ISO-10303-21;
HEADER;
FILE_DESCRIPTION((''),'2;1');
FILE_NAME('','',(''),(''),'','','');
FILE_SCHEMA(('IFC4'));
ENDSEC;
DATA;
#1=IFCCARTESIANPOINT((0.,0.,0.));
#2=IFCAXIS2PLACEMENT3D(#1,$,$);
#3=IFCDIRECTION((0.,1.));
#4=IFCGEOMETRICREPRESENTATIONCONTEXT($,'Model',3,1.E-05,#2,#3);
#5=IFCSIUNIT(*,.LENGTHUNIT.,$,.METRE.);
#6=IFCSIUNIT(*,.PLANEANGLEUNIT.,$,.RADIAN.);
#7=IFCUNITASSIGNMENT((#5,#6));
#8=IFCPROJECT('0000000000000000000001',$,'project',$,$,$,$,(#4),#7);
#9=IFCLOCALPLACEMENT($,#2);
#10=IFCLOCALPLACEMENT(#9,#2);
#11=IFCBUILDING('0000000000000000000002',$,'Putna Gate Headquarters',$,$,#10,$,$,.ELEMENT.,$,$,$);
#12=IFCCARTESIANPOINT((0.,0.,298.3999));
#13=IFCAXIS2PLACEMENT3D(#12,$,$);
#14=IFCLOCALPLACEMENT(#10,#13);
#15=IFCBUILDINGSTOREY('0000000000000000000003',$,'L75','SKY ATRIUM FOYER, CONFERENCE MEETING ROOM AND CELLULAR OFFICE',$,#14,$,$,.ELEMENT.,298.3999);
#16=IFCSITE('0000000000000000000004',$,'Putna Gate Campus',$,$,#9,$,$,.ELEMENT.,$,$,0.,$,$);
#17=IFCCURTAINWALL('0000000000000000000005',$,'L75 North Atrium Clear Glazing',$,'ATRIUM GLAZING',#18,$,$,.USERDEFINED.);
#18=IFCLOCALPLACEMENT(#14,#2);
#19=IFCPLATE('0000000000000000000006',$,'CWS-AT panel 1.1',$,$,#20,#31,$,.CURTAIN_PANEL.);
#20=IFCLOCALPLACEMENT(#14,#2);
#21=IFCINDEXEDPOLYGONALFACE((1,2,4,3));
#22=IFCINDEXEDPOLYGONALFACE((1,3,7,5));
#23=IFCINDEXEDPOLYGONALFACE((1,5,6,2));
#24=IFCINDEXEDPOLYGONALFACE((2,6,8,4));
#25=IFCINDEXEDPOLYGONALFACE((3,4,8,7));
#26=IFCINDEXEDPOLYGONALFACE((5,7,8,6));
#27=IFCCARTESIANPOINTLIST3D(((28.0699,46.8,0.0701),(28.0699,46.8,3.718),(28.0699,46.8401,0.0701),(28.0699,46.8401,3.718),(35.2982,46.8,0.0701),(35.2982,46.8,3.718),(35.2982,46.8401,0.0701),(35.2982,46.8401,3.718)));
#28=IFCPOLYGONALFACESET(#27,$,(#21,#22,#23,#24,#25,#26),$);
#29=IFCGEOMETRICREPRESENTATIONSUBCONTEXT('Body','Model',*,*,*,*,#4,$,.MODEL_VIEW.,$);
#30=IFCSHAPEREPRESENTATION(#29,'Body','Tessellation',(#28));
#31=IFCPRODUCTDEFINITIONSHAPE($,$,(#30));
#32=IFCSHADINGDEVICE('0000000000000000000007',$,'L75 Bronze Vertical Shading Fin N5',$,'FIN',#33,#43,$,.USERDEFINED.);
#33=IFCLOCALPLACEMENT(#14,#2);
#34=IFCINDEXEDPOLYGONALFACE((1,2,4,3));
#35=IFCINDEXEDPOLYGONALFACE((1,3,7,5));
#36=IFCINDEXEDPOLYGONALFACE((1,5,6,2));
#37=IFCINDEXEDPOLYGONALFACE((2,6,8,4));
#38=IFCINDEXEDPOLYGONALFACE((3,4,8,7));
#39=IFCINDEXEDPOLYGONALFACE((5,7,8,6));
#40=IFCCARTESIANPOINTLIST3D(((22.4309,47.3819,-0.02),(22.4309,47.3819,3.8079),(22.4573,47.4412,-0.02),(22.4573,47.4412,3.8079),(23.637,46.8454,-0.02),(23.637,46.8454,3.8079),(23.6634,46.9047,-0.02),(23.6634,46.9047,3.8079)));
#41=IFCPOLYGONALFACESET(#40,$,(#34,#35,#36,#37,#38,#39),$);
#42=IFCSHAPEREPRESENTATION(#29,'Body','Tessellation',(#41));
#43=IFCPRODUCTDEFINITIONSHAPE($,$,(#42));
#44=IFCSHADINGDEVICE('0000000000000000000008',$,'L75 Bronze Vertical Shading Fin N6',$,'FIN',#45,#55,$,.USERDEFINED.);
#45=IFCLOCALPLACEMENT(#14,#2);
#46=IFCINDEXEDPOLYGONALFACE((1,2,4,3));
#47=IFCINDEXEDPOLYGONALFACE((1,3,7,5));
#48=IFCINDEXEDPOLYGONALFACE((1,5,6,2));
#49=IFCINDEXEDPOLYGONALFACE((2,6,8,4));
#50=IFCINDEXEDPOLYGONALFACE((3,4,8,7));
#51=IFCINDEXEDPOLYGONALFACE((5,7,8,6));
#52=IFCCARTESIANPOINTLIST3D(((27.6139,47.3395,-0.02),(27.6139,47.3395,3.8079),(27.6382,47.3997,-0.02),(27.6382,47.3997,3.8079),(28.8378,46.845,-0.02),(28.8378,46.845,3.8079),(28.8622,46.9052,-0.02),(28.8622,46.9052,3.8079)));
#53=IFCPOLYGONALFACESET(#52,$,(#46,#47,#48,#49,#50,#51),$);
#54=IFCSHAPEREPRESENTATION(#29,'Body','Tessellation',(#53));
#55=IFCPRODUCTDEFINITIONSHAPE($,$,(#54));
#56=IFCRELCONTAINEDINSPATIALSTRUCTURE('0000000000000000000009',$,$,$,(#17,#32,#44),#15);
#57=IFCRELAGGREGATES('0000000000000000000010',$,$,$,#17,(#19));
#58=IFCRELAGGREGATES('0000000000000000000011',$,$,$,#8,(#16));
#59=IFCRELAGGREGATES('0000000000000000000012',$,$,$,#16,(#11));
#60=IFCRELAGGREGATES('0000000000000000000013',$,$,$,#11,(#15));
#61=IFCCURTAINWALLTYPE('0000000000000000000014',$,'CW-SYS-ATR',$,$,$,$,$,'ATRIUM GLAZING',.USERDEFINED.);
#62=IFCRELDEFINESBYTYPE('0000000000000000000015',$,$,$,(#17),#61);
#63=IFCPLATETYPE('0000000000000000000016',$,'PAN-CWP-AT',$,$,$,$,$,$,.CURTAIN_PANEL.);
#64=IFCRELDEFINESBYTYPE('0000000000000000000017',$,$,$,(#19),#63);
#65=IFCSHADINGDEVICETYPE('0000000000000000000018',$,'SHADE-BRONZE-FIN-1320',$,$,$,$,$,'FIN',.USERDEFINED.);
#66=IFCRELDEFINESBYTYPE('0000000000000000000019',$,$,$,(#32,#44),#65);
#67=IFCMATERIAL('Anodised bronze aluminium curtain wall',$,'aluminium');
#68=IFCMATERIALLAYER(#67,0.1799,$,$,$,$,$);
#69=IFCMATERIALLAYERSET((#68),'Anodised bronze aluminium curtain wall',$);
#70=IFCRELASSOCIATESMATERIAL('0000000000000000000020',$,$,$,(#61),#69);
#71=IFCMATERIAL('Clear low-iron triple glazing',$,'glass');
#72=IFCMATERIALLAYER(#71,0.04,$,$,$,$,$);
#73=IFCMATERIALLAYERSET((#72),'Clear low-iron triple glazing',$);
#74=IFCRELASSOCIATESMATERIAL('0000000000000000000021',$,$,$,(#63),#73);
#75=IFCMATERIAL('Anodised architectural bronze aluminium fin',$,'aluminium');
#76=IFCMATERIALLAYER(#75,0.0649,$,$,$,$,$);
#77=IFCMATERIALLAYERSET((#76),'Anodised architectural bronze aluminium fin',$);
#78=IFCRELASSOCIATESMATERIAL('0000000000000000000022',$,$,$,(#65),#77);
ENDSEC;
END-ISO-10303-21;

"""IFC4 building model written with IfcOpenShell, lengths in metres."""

from ifc_helpers import new_model, si_unit, direction, frame, origin, origin_2d, place, context, subcontext, project, spatial, rectangle, extrude, material, layer, layer_set, type_object, element, aggregate, save


model = new_model("IFC4")

# Units and contexts
model_context = context("Model", 3, precision=1e-05, world=origin(), true_north=direction((0.0, 1.0)))
body_context = subcontext(model_context, "Body", "Model", "MODEL_VIEW")
ifc_project = project(units=[si_unit("LENGTHUNIT", "METRE"), si_unit("PLANEANGLEUNIT", "RADIAN")], contexts=[model_context])

# Site, building, storey
site_placement = place(None, origin())
site = spatial("IfcSite", under=ifc_project, at=site_placement, Name="Putna Gate Campus", CompositionType="ELEMENT", RefElevation=0.0)
building_placement = place(site_placement, origin())
building = spatial("IfcBuilding", under=site, at=building_placement, Name="Putna Gate Headquarters", CompositionType="ELEMENT")
storey_placement = place(building_placement, frame((0.0, 0.0, 298.3999)))
storey = spatial("IfcBuildingStorey", under=building, at=storey_placement, Name="L75", Description="SKY ATRIUM FOYER, CONFERENCE MEETING ROOM AND CELLULAR OFFICE", CompositionType="ELEMENT", Elevation=298.3999)

# Shared definitions
ifc_material_1 = material(Name="Anodised bronze aluminium curtain wall", Category="aluminium")

# Curtain wall
ifc_layer_1 = layer(ifc_material_1, 0.1799)
ifc_layer_set_1 = layer_set([ifc_layer_1], Name="Anodised bronze aluminium curtain wall")
curtain_wall_type_1 = type_object("IfcCurtainWallType", Name="CW-SYS-ATR", ElementType="ATRIUM GLAZING", PredefinedType="USERDEFINED", material=ifc_layer_set_1)
curtain_wall_1_placement = place(storey_placement, origin())
curtain_wall_1 = element("IfcCurtainWall", 1, at=curtain_wall_1_placement, inside=storey, type_object=curtain_wall_type_1, Name="L75 North Atrium Clear Glazing", ObjectType="ATRIUM GLAZING", PredefinedType="USERDEFINED")

# Plate
ifc_material_2 = material(Name="Clear low-iron triple glazing", Category="glass")
ifc_layer_2 = layer(ifc_material_2, 0.04)
ifc_layer_set_2 = layer_set([ifc_layer_2], Name="Clear low-iron triple glazing")
plate_type_1 = type_object("IfcPlateType", Name="PAN-CWP-AT", PredefinedType="CURTAIN_PANEL", material=ifc_layer_set_2)
plate_1_placement = place(storey_placement, frame((31.6841, 46.8201, 0.0701), z_axis=(0.0, 0.0, 1.0), x_axis=(1.0, 0.0, 0.0)))
plate_1 = element("IfcPlate", 2, at=plate_1_placement, type_object=plate_type_1, Name="CWS-AT panel 1.1", PredefinedType="CURTAIN_PANEL", context=body_context, shape_type="SweptSolid", body=[
    extrude(rectangle(XDim=7.2283, YDim=0.04, at=origin_2d()), origin(), (0.0, 0.0, 1.0), 3.6479),
])
aggregate(curtain_wall_1, [plate_1])

# Shading devices
ifc_material_3 = material(Name="Anodised architectural bronze aluminium fin", Category="aluminium")
ifc_layer_3 = layer(ifc_material_3, 0.0649)
ifc_layer_set_3 = layer_set([ifc_layer_3], Name="Anodised architectural bronze aluminium fin")
shading_device_type = type_object("IfcShadingDeviceType", Name="SHADE-BRONZE-FIN-1320", ElementType="FIN", PredefinedType="USERDEFINED", material=ifc_layer_set_3)
for number, where, z_axis, x_axis, name in (
    (3, (23.0471, 47.1433, -0.02), (0.0, 0.0, 1.0), (-0.913687, 0.406418, 0.0), "L75 Bronze Vertical Shading Fin N5"),
    (4, (28.238, 47.1223, -0.02), (0.0, 0.0, 1.0), (-0.927184, 0.374607, 0.0), "L75 Bronze Vertical Shading Fin N6"),
):
    element("IfcShadingDevice", number, at=place(storey_placement, frame(where, z_axis=z_axis, x_axis=x_axis)), inside=storey, type_object=shading_device_type, Name=name, ObjectType="FIN", PredefinedType="USERDEFINED", context=body_context, shape_type="SweptSolid", body=[
        extrude(rectangle(XDim=1.3201, YDim=0.0649, at=origin_2d()), origin(), (0.0, 0.0, 1.0), 3.8279),
    ])

save(model, "model.ifc")
